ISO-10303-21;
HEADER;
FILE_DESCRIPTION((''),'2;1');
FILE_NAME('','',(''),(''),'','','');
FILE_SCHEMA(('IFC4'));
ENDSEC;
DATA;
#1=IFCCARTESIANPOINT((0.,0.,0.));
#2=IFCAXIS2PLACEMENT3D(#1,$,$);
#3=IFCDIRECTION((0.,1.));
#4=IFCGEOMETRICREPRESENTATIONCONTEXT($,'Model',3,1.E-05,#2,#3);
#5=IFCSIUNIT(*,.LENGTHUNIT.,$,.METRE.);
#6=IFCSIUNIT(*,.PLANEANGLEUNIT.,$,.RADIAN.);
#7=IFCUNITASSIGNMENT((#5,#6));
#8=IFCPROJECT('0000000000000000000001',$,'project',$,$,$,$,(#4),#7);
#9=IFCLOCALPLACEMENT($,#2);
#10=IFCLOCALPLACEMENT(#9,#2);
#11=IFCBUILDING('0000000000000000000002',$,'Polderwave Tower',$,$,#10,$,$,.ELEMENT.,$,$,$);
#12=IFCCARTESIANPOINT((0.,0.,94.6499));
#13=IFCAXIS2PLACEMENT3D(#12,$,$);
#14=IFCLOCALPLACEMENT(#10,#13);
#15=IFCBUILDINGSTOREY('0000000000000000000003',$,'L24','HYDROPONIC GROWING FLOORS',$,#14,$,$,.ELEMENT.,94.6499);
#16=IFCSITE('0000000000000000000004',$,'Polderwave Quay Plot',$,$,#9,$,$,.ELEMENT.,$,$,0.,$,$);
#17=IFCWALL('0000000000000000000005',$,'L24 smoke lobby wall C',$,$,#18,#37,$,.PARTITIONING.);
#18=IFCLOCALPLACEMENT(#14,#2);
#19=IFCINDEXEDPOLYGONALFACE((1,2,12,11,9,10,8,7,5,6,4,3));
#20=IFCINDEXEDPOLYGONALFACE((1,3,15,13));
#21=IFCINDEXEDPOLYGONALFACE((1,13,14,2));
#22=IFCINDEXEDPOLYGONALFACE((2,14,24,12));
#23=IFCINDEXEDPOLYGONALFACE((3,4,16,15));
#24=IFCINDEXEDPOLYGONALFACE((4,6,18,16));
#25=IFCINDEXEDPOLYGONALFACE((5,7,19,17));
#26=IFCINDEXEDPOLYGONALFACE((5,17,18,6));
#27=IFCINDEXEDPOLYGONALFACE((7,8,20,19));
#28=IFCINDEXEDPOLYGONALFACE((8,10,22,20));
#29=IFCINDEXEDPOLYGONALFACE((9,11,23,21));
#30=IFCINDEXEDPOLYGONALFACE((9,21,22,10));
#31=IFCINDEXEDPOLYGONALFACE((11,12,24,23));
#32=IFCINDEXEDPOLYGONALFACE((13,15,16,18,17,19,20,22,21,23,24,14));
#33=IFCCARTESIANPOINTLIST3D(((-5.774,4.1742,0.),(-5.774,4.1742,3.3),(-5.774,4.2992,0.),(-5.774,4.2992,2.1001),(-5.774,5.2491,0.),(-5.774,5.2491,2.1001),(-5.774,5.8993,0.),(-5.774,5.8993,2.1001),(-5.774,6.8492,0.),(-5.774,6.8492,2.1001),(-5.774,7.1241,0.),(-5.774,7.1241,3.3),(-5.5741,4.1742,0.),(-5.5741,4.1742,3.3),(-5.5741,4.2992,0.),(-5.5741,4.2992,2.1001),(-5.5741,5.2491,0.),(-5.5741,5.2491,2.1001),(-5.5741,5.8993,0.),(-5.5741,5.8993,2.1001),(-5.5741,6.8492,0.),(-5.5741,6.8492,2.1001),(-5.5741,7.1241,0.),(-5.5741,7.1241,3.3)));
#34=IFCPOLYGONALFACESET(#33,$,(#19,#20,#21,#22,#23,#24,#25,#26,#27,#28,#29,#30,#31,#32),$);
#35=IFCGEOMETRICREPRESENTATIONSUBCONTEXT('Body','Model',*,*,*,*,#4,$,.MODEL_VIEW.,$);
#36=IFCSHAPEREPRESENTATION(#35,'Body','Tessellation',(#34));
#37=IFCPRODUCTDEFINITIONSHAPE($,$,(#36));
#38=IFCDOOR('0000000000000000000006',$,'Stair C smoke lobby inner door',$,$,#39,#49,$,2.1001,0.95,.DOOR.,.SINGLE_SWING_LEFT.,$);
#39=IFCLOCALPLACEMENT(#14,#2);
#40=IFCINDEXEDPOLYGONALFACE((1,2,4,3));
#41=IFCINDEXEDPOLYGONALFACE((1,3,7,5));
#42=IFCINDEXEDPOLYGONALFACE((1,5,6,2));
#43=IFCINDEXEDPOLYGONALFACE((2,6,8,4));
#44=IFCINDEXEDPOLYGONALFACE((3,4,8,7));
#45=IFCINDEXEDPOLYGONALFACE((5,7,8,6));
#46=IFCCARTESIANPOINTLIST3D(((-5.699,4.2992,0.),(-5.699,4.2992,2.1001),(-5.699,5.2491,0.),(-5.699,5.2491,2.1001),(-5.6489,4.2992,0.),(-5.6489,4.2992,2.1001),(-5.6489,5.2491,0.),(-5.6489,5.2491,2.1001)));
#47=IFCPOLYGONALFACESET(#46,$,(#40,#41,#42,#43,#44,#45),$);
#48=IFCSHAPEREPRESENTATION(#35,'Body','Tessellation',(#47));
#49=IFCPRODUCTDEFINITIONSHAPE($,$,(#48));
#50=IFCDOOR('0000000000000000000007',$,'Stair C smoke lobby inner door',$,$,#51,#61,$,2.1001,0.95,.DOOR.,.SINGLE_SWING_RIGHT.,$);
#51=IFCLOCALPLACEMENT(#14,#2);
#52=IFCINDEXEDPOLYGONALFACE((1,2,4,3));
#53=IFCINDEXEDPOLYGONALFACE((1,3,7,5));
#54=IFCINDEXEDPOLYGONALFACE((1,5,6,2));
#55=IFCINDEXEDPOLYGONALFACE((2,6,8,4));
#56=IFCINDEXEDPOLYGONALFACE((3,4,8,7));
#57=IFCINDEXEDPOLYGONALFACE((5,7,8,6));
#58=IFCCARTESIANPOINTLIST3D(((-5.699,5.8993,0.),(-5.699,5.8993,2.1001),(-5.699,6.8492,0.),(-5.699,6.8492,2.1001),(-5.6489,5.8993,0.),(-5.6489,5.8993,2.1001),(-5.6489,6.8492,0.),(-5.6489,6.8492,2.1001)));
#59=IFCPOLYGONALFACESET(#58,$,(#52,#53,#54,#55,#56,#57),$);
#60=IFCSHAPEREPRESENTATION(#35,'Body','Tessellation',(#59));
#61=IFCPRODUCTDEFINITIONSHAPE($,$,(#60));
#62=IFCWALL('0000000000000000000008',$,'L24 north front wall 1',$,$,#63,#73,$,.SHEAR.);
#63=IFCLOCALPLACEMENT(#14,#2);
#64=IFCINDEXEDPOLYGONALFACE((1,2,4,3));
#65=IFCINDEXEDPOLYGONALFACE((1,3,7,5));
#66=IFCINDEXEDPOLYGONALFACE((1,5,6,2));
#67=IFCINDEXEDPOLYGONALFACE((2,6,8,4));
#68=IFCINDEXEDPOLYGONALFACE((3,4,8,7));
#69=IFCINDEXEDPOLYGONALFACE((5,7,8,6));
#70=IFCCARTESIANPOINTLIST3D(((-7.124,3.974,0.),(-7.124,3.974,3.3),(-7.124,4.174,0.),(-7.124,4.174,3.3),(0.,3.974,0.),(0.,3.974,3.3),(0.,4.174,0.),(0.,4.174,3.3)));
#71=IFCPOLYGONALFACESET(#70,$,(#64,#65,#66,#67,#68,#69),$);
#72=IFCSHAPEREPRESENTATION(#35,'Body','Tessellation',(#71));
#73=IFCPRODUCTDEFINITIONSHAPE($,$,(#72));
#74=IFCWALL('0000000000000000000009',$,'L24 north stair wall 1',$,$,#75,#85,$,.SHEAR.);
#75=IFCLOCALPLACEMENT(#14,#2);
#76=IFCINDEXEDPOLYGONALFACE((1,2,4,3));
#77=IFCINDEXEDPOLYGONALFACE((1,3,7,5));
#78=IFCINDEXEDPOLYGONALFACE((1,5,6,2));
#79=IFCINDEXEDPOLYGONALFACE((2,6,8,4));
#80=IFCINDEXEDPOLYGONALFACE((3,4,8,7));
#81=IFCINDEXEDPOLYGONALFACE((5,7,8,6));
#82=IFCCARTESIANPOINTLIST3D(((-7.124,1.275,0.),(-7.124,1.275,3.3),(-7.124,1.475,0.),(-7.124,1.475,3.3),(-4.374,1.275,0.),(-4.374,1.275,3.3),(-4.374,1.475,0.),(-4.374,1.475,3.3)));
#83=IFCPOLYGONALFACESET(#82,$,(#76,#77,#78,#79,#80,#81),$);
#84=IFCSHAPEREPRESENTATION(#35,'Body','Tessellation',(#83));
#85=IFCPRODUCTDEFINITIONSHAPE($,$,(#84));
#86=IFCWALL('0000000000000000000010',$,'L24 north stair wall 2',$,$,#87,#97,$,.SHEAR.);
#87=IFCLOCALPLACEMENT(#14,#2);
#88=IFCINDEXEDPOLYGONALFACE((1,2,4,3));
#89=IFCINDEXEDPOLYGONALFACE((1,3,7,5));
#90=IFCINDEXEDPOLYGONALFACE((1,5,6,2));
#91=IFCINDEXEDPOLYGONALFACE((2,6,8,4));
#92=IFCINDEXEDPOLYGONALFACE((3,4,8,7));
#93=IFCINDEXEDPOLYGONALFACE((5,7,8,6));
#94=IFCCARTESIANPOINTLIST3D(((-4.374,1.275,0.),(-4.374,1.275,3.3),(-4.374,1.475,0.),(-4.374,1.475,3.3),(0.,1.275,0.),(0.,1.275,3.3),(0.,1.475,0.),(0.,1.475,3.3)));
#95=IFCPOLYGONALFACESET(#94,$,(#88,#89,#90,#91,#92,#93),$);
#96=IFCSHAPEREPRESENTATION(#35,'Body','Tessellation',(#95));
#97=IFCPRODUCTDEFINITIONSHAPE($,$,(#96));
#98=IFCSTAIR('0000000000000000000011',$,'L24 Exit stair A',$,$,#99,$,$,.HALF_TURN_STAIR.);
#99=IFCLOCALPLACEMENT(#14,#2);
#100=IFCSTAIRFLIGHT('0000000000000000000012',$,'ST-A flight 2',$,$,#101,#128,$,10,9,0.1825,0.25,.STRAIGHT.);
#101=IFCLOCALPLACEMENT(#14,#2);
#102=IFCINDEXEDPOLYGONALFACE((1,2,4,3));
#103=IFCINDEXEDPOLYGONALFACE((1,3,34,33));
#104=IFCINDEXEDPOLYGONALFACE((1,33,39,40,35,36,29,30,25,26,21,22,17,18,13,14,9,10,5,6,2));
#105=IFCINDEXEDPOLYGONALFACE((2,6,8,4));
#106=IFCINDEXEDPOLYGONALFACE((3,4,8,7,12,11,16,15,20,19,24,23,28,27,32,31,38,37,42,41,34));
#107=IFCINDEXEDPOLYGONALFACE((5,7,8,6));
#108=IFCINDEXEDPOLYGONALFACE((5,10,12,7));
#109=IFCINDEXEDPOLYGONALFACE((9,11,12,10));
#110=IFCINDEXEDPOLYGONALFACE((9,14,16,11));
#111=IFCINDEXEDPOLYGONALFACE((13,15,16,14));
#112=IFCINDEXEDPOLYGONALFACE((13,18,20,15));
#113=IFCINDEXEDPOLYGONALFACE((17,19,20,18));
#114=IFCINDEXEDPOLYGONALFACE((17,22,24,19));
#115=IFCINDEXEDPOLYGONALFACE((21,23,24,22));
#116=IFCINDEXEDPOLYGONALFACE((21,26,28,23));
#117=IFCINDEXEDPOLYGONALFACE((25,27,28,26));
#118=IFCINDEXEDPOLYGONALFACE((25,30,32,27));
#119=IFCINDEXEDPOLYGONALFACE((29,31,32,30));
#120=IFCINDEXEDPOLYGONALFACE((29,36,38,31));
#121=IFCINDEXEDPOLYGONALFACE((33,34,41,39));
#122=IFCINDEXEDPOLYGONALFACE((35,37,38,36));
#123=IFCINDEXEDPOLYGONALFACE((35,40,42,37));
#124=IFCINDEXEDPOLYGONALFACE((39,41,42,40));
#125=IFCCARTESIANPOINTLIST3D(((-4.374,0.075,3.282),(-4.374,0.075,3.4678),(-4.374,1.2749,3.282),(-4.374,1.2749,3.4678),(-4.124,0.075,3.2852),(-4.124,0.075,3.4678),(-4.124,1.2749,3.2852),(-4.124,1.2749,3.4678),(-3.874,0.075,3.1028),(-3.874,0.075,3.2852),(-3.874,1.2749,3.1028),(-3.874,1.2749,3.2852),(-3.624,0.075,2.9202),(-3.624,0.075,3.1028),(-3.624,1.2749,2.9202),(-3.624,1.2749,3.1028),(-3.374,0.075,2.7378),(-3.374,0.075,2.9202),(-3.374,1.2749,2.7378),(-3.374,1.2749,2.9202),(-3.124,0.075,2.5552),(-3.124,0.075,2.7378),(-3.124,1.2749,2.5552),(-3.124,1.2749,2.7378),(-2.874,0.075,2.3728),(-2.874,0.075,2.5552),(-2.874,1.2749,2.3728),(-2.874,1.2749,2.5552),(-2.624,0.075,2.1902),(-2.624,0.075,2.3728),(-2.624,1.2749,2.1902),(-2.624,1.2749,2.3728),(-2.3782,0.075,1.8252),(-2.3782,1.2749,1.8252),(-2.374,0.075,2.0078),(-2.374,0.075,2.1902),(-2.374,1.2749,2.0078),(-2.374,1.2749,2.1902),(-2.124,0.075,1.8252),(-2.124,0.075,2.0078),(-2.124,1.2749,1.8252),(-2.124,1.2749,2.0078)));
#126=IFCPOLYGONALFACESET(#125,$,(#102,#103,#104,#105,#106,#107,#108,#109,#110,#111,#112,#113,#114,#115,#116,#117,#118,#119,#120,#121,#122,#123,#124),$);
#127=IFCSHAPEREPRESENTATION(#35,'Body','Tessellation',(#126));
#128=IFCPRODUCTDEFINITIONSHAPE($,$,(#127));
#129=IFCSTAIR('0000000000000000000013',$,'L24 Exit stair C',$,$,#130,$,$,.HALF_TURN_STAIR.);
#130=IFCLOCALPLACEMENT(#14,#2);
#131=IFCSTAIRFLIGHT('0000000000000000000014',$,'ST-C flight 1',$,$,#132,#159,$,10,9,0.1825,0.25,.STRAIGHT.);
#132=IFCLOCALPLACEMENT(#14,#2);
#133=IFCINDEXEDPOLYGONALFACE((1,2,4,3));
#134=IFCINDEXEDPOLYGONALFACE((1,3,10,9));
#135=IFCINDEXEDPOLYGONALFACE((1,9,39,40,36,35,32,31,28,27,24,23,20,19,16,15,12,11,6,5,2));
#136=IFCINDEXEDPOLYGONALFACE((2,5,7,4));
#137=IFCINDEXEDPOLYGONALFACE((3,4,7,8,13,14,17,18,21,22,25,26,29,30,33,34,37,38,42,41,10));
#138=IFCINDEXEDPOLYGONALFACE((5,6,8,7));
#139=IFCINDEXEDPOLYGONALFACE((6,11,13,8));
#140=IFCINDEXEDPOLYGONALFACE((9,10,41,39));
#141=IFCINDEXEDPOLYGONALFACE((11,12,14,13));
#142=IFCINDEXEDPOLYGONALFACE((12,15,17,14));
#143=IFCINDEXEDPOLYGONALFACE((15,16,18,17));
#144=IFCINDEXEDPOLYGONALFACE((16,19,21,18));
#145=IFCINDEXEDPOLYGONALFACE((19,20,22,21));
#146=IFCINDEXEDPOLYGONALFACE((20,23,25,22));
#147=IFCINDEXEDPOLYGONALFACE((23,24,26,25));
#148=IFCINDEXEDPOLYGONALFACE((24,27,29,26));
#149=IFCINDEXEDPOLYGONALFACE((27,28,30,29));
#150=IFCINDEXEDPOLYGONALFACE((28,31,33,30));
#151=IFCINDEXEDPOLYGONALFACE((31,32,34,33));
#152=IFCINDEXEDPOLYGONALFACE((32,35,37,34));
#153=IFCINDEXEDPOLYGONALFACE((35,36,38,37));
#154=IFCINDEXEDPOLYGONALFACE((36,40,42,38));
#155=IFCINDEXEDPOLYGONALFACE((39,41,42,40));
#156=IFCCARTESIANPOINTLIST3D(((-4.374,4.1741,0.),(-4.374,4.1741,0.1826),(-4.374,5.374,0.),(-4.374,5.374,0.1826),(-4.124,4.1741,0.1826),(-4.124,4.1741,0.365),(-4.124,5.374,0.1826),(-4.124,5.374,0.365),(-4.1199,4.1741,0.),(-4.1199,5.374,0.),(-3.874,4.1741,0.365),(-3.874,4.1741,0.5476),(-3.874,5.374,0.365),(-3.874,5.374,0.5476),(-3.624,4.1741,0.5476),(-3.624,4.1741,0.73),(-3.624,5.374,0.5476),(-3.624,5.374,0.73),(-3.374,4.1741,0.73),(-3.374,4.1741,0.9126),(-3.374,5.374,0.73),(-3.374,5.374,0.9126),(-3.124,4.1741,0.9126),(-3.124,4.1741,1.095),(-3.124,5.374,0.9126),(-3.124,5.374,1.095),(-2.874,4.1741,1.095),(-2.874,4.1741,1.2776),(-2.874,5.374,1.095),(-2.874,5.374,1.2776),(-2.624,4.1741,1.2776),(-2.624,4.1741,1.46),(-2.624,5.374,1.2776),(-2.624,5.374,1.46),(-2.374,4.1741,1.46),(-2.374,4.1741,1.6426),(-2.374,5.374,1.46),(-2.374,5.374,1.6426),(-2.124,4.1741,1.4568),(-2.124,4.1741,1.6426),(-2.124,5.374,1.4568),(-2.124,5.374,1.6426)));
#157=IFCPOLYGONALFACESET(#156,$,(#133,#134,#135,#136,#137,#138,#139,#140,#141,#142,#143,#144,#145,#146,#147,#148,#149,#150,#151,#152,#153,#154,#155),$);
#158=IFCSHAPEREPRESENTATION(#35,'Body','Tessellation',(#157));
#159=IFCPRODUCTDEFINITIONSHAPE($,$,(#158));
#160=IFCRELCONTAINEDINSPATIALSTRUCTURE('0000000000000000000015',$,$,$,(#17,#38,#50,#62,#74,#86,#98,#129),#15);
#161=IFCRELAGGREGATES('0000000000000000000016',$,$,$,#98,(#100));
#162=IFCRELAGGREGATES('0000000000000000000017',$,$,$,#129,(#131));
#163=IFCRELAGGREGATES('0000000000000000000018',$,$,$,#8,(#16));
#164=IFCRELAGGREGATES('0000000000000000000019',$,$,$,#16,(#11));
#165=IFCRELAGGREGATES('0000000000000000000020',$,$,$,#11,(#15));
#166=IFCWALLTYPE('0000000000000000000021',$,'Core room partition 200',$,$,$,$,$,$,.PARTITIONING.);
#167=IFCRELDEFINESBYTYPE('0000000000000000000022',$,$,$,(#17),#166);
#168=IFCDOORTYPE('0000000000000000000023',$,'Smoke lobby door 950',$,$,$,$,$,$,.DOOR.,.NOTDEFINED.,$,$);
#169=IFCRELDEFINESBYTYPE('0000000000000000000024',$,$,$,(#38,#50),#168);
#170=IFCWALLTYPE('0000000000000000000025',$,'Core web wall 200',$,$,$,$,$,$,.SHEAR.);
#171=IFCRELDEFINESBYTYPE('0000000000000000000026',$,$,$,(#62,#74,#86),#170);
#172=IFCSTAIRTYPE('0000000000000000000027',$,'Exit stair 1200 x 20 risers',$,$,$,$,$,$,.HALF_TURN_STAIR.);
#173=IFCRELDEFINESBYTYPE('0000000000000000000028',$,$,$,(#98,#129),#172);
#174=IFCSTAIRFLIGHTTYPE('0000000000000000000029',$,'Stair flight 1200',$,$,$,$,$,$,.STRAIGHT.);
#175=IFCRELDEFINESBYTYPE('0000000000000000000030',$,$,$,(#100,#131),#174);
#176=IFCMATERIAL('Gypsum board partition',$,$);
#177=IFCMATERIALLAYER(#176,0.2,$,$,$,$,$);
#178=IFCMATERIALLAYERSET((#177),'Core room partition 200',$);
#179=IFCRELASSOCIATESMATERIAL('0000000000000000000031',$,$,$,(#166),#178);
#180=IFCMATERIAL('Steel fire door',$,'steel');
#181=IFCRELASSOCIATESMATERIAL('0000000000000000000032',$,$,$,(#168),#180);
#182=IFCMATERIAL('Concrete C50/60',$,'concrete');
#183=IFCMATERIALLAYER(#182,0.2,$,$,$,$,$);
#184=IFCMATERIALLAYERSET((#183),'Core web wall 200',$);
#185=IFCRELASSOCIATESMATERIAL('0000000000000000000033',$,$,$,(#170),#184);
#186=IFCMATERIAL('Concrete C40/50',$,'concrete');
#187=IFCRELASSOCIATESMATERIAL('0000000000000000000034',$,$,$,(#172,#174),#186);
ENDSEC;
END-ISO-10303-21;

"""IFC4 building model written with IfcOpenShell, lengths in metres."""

from ifc_helpers import new_model, si_unit, direction, frame, frame_2d, origin, place, context, subcontext, project, spatial, polyline, rectangle, outline, extrude, material, layer, layer_set, type_object, element, fill, aggregate, save


model = new_model("IFC4")

# Units and contexts
model_context = context("Model", 3, precision=1e-05, world=origin(), true_north=direction((0.0, 1.0)))
body_context = subcontext(model_context, "Body", "Model", "MODEL_VIEW")
ifc_project = project(units=[si_unit("LENGTHUNIT", "METRE"), si_unit("PLANEANGLEUNIT", "RADIAN")], contexts=[model_context])

# Site, building, storey
site_placement = place(None, origin())
site = spatial("IfcSite", under=ifc_project, at=site_placement, Name="Polderwave Quay Plot", CompositionType="ELEMENT", RefElevation=0.0)
building_placement = place(site_placement, origin())
building = spatial("IfcBuilding", under=site, at=building_placement, Name="Polderwave Tower", CompositionType="ELEMENT")
storey_placement = place(building_placement, frame((0.0, 0.0, 94.6499)))
storey = spatial("IfcBuildingStorey", under=building, at=storey_placement, Name="L24", Description="HYDROPONIC GROWING FLOORS", CompositionType="ELEMENT", Elevation=94.6499)

# Wall, openings, doors
ifc_material_1 = material(Name="Gypsum board partition")
ifc_layer_1 = layer(ifc_material_1, 0.2)
ifc_layer_set_1 = layer_set([ifc_layer_1], Name="Core room partition 200")
wall_type_1 = type_object("IfcWallType", Name="Core room partition 200", PredefinedType="PARTITIONING", material=ifc_layer_set_1)
wall_1_placement = place(storey_placement, frame((-5.6741, 4.1741, 0.0), z_axis=(0.0, 0.0, 1.0), x_axis=(0.0, 1.0, 0.0)))
wall_1 = element("IfcWall", 1, at=wall_1_placement, inside=storey, type_object=wall_type_1, Name="L24 smoke lobby wall C", PredefinedType="PARTITIONING", context=body_context, shape_type="SweptSolid", body=[
    extrude(rectangle(XDim=2.95, YDim=0.2, at=frame_2d((1.4751, 0.0))), origin(), (0.0, 0.0, 1.0), 3.3),
])
opening_1_placement = place(wall_1_placement, frame((0.125, 0.0, 0.0)))
opening_1 = element("IfcOpeningElement", 2, at=opening_1_placement, cuts=wall_1, PredefinedType="OPENING", context=body_context, shape_type="SweptSolid", body=[
    extrude(rectangle(XDim=0.95, YDim=2.1001, at=frame_2d((0.4751, 1.05))), frame((0.0, 0.1099, 0.0), z_axis=(0.0, -1.0, 0.0), x_axis=(1.0, 0.0, 0.0)), (0.0, 0.0, 1.0), 0.22),
])
opening_2_placement = place(wall_1_placement, frame((1.7251, 0.0, 0.0)))
opening_2 = element("IfcOpeningElement", 3, at=opening_2_placement, cuts=wall_1, PredefinedType="OPENING", context=body_context, shape_type="SweptSolid", body=[
    extrude(rectangle(XDim=0.95, YDim=2.1001, at=frame_2d((0.4751, 1.05))), frame((0.0, 0.1099, 0.0), z_axis=(0.0, -1.0, 0.0), x_axis=(1.0, 0.0, 0.0)), (0.0, 0.0, 1.0), 0.22),
])
ifc_material_2 = material(Name="Steel fire door", Category="steel")
door_type = type_object("IfcDoorType", Name="Smoke lobby door 950", OperationType="NOTDEFINED", PredefinedType="DOOR", material=ifc_material_2)
door_1_placement = place(opening_1_placement, origin())
door_1 = element("IfcDoor", 4, at=door_1_placement, inside=storey, type_object=door_type, Name="Stair C smoke lobby inner door", OperationType="SINGLE_SWING_LEFT", OverallHeight=2.1001, OverallWidth=0.95, PredefinedType="DOOR", context=body_context, shape_type="SweptSolid", body=[
    extrude(rectangle(XDim=0.95, YDim=2.1001, at=frame_2d((0.4751, 1.05))), frame((0.0, 0.0249, 0.0), z_axis=(0.0, -1.0, 0.0), x_axis=(1.0, 0.0, 0.0)), (0.0, 0.0, 1.0), 0.05),
])
fill(opening_1, door_1)
door_2_placement = place(opening_2_placement, origin())
door_2 = element("IfcDoor", 5, at=door_2_placement, inside=storey, type_object=door_type, Name="Stair C smoke lobby inner door", OperationType="SINGLE_SWING_RIGHT", OverallHeight=2.1001, OverallWidth=0.95, PredefinedType="DOOR", context=body_context, shape_type="SweptSolid", body=[
    extrude(rectangle(XDim=0.95, YDim=2.1001, at=frame_2d((0.4751, 1.05))), frame((0.0, 0.0249, 0.0), z_axis=(0.0, -1.0, 0.0), x_axis=(1.0, 0.0, 0.0)), (0.0, 0.0, 1.0), 0.05),
])
fill(opening_2, door_2)

# Walls
ifc_material_3 = material(Name="Concrete C50/60", Category="concrete")
ifc_layer_2 = layer(ifc_material_3, 0.2)
ifc_layer_set_2 = layer_set([ifc_layer_2], Name="Core web wall 200")
wall_type_2 = type_object("IfcWallType", Name="Core web wall 200", PredefinedType="SHEAR", material=ifc_layer_set_2)
wall_2_placement = place(storey_placement, frame((-7.124, 4.074, 0.0), z_axis=(0.0, 0.0, 1.0), x_axis=(1.0, 0.0, 0.0)))
element("IfcWall", 6, at=wall_2_placement, inside=storey, type_object=wall_type_2, Name="L24 north front wall 1", PredefinedType="SHEAR", context=body_context, shape_type="SweptSolid", body=[
    extrude(rectangle(XDim=7.124, YDim=0.2, at=frame_2d((3.562, 0.0))), origin(), (0.0, 0.0, 1.0), 3.3),
])
wall_3_placement = place(storey_placement, frame((-7.124, 1.375, 0.0), z_axis=(0.0, 0.0, 1.0), x_axis=(1.0, 0.0, 0.0)))
element("IfcWall", 7, at=wall_3_placement, inside=storey, type_object=wall_type_2, Name="L24 north stair wall 1", PredefinedType="SHEAR", context=body_context, shape_type="SweptSolid", body=[
    extrude(rectangle(XDim=2.75, YDim=0.2, at=frame_2d((1.375, 0.0))), origin(), (0.0, 0.0, 1.0), 3.3),
])
wall_4_placement = place(storey_placement, frame((-4.374, 1.375, 0.0), z_axis=(0.0, 0.0, 1.0), x_axis=(1.0, 0.0, 0.0)))
element("IfcWall", 8, at=wall_4_placement, inside=storey, type_object=wall_type_2, Name="L24 north stair wall 2", PredefinedType="SHEAR", context=body_context, shape_type="SweptSolid", body=[
    extrude(rectangle(XDim=4.374, YDim=0.2, at=frame_2d((2.187, 0.0))), origin(), (0.0, 0.0, 1.0), 3.3),
])

# Stair, stair flight
ifc_material_4 = material(Name="Concrete C40/50", Category="concrete")
stair_type = type_object("IfcStairType", Name="Exit stair 1200 x 20 risers", PredefinedType="HALF_TURN_STAIR", material=ifc_material_4)
stair_1_placement = place(storey_placement, origin())
stair_1 = element("IfcStair", 9, at=stair_1_placement, inside=storey, type_object=stair_type, Name="L24 Exit stair A", PredefinedType="HALF_TURN_STAIR")
stair_flight_type = type_object("IfcStairFlightType", Name="Stair flight 1200", PredefinedType="STRAIGHT", material=ifc_material_4)
stair_flight_1_placement = place(storey_placement, frame((-2.124, 0.675, 1.8252), z_axis=(0.0, 0.0, 1.0), x_axis=(-1.0, 0.0, 0.0)))
stair_flight_1 = element("IfcStairFlight", 10, at=stair_flight_1_placement, type_object=stair_flight_type, Name="ST-A flight 2", NumberOfRisers=10, NumberOfTreads=9, PredefinedType="STRAIGHT", RiserHeight=0.1825, TreadLength=0.25, context=body_context, shape_type="SweptSolid", body=[
    extrude(outline(polyline([(0.0, 0.0), (0.0, 0.1826), (0.25, 0.1826), (0.25, 0.365), (0.5, 0.365), (0.5, 0.5476), (0.75, 0.5476), (0.75, 0.73), (1.0, 0.73), (1.0, 0.9126), (1.25, 0.9126), (1.25, 1.095), (1.5, 1.095), (1.5, 1.2776), (1.75, 1.2776), (1.75, 1.46), (2.0, 1.46), (2.0, 1.6426), (2.25, 1.6426), (2.25, 1.825), (2.25, 1.4568), (0.2542, 0.0), (0.0, 0.0)])), frame((0.0, 0.6001, 0.0), z_axis=(0.0, -1.0, 0.0), x_axis=(1.0, 0.0, 0.0)), (0.0, 0.0, 1.0), 1.2),
])
aggregate(stair_1, [stair_flight_1])

# Stair, stair flight
stair_2_placement = place(storey_placement, origin())
stair_2 = element("IfcStair", 11, at=stair_2_placement, inside=storey, type_object=stair_type, Name="L24 Exit stair C", PredefinedType="HALF_TURN_STAIR")
stair_flight_2_placement = place(storey_placement, frame((-4.374, 4.7739, 0.0), z_axis=(0.0, 0.0, 1.0), x_axis=(1.0, 0.0, 0.0)))
stair_flight_2 = element("IfcStairFlight", 12, at=stair_flight_2_placement, type_object=stair_flight_type, Name="ST-C flight 1", NumberOfRisers=10, NumberOfTreads=9, PredefinedType="STRAIGHT", RiserHeight=0.1825, TreadLength=0.25, context=body_context, shape_type="SweptSolid", body=[
    extrude(outline(polyline([(0.0, 0.0), (0.0, 0.1826), (0.25, 0.1826), (0.25, 0.365), (0.5, 0.365), (0.5, 0.5476), (0.75, 0.5476), (0.75, 0.73), (1.0, 0.73), (1.0, 0.9126), (1.25, 0.9126), (1.25, 1.095), (1.5, 1.095), (1.5, 1.2776), (1.75, 1.2776), (1.75, 1.46), (2.0, 1.46), (2.0, 1.6426), (2.25, 1.6426), (2.25, 1.825), (2.25, 1.4568), (0.2542, 0.0), (0.0, 0.0)])), frame((0.0, 0.6001, 0.0), z_axis=(0.0, -1.0, 0.0), x_axis=(1.0, 0.0, 0.0)), (0.0, 0.0, 1.0), 1.2),
])
aggregate(stair_2, [stair_flight_2])

save(model, "model.ifc")
